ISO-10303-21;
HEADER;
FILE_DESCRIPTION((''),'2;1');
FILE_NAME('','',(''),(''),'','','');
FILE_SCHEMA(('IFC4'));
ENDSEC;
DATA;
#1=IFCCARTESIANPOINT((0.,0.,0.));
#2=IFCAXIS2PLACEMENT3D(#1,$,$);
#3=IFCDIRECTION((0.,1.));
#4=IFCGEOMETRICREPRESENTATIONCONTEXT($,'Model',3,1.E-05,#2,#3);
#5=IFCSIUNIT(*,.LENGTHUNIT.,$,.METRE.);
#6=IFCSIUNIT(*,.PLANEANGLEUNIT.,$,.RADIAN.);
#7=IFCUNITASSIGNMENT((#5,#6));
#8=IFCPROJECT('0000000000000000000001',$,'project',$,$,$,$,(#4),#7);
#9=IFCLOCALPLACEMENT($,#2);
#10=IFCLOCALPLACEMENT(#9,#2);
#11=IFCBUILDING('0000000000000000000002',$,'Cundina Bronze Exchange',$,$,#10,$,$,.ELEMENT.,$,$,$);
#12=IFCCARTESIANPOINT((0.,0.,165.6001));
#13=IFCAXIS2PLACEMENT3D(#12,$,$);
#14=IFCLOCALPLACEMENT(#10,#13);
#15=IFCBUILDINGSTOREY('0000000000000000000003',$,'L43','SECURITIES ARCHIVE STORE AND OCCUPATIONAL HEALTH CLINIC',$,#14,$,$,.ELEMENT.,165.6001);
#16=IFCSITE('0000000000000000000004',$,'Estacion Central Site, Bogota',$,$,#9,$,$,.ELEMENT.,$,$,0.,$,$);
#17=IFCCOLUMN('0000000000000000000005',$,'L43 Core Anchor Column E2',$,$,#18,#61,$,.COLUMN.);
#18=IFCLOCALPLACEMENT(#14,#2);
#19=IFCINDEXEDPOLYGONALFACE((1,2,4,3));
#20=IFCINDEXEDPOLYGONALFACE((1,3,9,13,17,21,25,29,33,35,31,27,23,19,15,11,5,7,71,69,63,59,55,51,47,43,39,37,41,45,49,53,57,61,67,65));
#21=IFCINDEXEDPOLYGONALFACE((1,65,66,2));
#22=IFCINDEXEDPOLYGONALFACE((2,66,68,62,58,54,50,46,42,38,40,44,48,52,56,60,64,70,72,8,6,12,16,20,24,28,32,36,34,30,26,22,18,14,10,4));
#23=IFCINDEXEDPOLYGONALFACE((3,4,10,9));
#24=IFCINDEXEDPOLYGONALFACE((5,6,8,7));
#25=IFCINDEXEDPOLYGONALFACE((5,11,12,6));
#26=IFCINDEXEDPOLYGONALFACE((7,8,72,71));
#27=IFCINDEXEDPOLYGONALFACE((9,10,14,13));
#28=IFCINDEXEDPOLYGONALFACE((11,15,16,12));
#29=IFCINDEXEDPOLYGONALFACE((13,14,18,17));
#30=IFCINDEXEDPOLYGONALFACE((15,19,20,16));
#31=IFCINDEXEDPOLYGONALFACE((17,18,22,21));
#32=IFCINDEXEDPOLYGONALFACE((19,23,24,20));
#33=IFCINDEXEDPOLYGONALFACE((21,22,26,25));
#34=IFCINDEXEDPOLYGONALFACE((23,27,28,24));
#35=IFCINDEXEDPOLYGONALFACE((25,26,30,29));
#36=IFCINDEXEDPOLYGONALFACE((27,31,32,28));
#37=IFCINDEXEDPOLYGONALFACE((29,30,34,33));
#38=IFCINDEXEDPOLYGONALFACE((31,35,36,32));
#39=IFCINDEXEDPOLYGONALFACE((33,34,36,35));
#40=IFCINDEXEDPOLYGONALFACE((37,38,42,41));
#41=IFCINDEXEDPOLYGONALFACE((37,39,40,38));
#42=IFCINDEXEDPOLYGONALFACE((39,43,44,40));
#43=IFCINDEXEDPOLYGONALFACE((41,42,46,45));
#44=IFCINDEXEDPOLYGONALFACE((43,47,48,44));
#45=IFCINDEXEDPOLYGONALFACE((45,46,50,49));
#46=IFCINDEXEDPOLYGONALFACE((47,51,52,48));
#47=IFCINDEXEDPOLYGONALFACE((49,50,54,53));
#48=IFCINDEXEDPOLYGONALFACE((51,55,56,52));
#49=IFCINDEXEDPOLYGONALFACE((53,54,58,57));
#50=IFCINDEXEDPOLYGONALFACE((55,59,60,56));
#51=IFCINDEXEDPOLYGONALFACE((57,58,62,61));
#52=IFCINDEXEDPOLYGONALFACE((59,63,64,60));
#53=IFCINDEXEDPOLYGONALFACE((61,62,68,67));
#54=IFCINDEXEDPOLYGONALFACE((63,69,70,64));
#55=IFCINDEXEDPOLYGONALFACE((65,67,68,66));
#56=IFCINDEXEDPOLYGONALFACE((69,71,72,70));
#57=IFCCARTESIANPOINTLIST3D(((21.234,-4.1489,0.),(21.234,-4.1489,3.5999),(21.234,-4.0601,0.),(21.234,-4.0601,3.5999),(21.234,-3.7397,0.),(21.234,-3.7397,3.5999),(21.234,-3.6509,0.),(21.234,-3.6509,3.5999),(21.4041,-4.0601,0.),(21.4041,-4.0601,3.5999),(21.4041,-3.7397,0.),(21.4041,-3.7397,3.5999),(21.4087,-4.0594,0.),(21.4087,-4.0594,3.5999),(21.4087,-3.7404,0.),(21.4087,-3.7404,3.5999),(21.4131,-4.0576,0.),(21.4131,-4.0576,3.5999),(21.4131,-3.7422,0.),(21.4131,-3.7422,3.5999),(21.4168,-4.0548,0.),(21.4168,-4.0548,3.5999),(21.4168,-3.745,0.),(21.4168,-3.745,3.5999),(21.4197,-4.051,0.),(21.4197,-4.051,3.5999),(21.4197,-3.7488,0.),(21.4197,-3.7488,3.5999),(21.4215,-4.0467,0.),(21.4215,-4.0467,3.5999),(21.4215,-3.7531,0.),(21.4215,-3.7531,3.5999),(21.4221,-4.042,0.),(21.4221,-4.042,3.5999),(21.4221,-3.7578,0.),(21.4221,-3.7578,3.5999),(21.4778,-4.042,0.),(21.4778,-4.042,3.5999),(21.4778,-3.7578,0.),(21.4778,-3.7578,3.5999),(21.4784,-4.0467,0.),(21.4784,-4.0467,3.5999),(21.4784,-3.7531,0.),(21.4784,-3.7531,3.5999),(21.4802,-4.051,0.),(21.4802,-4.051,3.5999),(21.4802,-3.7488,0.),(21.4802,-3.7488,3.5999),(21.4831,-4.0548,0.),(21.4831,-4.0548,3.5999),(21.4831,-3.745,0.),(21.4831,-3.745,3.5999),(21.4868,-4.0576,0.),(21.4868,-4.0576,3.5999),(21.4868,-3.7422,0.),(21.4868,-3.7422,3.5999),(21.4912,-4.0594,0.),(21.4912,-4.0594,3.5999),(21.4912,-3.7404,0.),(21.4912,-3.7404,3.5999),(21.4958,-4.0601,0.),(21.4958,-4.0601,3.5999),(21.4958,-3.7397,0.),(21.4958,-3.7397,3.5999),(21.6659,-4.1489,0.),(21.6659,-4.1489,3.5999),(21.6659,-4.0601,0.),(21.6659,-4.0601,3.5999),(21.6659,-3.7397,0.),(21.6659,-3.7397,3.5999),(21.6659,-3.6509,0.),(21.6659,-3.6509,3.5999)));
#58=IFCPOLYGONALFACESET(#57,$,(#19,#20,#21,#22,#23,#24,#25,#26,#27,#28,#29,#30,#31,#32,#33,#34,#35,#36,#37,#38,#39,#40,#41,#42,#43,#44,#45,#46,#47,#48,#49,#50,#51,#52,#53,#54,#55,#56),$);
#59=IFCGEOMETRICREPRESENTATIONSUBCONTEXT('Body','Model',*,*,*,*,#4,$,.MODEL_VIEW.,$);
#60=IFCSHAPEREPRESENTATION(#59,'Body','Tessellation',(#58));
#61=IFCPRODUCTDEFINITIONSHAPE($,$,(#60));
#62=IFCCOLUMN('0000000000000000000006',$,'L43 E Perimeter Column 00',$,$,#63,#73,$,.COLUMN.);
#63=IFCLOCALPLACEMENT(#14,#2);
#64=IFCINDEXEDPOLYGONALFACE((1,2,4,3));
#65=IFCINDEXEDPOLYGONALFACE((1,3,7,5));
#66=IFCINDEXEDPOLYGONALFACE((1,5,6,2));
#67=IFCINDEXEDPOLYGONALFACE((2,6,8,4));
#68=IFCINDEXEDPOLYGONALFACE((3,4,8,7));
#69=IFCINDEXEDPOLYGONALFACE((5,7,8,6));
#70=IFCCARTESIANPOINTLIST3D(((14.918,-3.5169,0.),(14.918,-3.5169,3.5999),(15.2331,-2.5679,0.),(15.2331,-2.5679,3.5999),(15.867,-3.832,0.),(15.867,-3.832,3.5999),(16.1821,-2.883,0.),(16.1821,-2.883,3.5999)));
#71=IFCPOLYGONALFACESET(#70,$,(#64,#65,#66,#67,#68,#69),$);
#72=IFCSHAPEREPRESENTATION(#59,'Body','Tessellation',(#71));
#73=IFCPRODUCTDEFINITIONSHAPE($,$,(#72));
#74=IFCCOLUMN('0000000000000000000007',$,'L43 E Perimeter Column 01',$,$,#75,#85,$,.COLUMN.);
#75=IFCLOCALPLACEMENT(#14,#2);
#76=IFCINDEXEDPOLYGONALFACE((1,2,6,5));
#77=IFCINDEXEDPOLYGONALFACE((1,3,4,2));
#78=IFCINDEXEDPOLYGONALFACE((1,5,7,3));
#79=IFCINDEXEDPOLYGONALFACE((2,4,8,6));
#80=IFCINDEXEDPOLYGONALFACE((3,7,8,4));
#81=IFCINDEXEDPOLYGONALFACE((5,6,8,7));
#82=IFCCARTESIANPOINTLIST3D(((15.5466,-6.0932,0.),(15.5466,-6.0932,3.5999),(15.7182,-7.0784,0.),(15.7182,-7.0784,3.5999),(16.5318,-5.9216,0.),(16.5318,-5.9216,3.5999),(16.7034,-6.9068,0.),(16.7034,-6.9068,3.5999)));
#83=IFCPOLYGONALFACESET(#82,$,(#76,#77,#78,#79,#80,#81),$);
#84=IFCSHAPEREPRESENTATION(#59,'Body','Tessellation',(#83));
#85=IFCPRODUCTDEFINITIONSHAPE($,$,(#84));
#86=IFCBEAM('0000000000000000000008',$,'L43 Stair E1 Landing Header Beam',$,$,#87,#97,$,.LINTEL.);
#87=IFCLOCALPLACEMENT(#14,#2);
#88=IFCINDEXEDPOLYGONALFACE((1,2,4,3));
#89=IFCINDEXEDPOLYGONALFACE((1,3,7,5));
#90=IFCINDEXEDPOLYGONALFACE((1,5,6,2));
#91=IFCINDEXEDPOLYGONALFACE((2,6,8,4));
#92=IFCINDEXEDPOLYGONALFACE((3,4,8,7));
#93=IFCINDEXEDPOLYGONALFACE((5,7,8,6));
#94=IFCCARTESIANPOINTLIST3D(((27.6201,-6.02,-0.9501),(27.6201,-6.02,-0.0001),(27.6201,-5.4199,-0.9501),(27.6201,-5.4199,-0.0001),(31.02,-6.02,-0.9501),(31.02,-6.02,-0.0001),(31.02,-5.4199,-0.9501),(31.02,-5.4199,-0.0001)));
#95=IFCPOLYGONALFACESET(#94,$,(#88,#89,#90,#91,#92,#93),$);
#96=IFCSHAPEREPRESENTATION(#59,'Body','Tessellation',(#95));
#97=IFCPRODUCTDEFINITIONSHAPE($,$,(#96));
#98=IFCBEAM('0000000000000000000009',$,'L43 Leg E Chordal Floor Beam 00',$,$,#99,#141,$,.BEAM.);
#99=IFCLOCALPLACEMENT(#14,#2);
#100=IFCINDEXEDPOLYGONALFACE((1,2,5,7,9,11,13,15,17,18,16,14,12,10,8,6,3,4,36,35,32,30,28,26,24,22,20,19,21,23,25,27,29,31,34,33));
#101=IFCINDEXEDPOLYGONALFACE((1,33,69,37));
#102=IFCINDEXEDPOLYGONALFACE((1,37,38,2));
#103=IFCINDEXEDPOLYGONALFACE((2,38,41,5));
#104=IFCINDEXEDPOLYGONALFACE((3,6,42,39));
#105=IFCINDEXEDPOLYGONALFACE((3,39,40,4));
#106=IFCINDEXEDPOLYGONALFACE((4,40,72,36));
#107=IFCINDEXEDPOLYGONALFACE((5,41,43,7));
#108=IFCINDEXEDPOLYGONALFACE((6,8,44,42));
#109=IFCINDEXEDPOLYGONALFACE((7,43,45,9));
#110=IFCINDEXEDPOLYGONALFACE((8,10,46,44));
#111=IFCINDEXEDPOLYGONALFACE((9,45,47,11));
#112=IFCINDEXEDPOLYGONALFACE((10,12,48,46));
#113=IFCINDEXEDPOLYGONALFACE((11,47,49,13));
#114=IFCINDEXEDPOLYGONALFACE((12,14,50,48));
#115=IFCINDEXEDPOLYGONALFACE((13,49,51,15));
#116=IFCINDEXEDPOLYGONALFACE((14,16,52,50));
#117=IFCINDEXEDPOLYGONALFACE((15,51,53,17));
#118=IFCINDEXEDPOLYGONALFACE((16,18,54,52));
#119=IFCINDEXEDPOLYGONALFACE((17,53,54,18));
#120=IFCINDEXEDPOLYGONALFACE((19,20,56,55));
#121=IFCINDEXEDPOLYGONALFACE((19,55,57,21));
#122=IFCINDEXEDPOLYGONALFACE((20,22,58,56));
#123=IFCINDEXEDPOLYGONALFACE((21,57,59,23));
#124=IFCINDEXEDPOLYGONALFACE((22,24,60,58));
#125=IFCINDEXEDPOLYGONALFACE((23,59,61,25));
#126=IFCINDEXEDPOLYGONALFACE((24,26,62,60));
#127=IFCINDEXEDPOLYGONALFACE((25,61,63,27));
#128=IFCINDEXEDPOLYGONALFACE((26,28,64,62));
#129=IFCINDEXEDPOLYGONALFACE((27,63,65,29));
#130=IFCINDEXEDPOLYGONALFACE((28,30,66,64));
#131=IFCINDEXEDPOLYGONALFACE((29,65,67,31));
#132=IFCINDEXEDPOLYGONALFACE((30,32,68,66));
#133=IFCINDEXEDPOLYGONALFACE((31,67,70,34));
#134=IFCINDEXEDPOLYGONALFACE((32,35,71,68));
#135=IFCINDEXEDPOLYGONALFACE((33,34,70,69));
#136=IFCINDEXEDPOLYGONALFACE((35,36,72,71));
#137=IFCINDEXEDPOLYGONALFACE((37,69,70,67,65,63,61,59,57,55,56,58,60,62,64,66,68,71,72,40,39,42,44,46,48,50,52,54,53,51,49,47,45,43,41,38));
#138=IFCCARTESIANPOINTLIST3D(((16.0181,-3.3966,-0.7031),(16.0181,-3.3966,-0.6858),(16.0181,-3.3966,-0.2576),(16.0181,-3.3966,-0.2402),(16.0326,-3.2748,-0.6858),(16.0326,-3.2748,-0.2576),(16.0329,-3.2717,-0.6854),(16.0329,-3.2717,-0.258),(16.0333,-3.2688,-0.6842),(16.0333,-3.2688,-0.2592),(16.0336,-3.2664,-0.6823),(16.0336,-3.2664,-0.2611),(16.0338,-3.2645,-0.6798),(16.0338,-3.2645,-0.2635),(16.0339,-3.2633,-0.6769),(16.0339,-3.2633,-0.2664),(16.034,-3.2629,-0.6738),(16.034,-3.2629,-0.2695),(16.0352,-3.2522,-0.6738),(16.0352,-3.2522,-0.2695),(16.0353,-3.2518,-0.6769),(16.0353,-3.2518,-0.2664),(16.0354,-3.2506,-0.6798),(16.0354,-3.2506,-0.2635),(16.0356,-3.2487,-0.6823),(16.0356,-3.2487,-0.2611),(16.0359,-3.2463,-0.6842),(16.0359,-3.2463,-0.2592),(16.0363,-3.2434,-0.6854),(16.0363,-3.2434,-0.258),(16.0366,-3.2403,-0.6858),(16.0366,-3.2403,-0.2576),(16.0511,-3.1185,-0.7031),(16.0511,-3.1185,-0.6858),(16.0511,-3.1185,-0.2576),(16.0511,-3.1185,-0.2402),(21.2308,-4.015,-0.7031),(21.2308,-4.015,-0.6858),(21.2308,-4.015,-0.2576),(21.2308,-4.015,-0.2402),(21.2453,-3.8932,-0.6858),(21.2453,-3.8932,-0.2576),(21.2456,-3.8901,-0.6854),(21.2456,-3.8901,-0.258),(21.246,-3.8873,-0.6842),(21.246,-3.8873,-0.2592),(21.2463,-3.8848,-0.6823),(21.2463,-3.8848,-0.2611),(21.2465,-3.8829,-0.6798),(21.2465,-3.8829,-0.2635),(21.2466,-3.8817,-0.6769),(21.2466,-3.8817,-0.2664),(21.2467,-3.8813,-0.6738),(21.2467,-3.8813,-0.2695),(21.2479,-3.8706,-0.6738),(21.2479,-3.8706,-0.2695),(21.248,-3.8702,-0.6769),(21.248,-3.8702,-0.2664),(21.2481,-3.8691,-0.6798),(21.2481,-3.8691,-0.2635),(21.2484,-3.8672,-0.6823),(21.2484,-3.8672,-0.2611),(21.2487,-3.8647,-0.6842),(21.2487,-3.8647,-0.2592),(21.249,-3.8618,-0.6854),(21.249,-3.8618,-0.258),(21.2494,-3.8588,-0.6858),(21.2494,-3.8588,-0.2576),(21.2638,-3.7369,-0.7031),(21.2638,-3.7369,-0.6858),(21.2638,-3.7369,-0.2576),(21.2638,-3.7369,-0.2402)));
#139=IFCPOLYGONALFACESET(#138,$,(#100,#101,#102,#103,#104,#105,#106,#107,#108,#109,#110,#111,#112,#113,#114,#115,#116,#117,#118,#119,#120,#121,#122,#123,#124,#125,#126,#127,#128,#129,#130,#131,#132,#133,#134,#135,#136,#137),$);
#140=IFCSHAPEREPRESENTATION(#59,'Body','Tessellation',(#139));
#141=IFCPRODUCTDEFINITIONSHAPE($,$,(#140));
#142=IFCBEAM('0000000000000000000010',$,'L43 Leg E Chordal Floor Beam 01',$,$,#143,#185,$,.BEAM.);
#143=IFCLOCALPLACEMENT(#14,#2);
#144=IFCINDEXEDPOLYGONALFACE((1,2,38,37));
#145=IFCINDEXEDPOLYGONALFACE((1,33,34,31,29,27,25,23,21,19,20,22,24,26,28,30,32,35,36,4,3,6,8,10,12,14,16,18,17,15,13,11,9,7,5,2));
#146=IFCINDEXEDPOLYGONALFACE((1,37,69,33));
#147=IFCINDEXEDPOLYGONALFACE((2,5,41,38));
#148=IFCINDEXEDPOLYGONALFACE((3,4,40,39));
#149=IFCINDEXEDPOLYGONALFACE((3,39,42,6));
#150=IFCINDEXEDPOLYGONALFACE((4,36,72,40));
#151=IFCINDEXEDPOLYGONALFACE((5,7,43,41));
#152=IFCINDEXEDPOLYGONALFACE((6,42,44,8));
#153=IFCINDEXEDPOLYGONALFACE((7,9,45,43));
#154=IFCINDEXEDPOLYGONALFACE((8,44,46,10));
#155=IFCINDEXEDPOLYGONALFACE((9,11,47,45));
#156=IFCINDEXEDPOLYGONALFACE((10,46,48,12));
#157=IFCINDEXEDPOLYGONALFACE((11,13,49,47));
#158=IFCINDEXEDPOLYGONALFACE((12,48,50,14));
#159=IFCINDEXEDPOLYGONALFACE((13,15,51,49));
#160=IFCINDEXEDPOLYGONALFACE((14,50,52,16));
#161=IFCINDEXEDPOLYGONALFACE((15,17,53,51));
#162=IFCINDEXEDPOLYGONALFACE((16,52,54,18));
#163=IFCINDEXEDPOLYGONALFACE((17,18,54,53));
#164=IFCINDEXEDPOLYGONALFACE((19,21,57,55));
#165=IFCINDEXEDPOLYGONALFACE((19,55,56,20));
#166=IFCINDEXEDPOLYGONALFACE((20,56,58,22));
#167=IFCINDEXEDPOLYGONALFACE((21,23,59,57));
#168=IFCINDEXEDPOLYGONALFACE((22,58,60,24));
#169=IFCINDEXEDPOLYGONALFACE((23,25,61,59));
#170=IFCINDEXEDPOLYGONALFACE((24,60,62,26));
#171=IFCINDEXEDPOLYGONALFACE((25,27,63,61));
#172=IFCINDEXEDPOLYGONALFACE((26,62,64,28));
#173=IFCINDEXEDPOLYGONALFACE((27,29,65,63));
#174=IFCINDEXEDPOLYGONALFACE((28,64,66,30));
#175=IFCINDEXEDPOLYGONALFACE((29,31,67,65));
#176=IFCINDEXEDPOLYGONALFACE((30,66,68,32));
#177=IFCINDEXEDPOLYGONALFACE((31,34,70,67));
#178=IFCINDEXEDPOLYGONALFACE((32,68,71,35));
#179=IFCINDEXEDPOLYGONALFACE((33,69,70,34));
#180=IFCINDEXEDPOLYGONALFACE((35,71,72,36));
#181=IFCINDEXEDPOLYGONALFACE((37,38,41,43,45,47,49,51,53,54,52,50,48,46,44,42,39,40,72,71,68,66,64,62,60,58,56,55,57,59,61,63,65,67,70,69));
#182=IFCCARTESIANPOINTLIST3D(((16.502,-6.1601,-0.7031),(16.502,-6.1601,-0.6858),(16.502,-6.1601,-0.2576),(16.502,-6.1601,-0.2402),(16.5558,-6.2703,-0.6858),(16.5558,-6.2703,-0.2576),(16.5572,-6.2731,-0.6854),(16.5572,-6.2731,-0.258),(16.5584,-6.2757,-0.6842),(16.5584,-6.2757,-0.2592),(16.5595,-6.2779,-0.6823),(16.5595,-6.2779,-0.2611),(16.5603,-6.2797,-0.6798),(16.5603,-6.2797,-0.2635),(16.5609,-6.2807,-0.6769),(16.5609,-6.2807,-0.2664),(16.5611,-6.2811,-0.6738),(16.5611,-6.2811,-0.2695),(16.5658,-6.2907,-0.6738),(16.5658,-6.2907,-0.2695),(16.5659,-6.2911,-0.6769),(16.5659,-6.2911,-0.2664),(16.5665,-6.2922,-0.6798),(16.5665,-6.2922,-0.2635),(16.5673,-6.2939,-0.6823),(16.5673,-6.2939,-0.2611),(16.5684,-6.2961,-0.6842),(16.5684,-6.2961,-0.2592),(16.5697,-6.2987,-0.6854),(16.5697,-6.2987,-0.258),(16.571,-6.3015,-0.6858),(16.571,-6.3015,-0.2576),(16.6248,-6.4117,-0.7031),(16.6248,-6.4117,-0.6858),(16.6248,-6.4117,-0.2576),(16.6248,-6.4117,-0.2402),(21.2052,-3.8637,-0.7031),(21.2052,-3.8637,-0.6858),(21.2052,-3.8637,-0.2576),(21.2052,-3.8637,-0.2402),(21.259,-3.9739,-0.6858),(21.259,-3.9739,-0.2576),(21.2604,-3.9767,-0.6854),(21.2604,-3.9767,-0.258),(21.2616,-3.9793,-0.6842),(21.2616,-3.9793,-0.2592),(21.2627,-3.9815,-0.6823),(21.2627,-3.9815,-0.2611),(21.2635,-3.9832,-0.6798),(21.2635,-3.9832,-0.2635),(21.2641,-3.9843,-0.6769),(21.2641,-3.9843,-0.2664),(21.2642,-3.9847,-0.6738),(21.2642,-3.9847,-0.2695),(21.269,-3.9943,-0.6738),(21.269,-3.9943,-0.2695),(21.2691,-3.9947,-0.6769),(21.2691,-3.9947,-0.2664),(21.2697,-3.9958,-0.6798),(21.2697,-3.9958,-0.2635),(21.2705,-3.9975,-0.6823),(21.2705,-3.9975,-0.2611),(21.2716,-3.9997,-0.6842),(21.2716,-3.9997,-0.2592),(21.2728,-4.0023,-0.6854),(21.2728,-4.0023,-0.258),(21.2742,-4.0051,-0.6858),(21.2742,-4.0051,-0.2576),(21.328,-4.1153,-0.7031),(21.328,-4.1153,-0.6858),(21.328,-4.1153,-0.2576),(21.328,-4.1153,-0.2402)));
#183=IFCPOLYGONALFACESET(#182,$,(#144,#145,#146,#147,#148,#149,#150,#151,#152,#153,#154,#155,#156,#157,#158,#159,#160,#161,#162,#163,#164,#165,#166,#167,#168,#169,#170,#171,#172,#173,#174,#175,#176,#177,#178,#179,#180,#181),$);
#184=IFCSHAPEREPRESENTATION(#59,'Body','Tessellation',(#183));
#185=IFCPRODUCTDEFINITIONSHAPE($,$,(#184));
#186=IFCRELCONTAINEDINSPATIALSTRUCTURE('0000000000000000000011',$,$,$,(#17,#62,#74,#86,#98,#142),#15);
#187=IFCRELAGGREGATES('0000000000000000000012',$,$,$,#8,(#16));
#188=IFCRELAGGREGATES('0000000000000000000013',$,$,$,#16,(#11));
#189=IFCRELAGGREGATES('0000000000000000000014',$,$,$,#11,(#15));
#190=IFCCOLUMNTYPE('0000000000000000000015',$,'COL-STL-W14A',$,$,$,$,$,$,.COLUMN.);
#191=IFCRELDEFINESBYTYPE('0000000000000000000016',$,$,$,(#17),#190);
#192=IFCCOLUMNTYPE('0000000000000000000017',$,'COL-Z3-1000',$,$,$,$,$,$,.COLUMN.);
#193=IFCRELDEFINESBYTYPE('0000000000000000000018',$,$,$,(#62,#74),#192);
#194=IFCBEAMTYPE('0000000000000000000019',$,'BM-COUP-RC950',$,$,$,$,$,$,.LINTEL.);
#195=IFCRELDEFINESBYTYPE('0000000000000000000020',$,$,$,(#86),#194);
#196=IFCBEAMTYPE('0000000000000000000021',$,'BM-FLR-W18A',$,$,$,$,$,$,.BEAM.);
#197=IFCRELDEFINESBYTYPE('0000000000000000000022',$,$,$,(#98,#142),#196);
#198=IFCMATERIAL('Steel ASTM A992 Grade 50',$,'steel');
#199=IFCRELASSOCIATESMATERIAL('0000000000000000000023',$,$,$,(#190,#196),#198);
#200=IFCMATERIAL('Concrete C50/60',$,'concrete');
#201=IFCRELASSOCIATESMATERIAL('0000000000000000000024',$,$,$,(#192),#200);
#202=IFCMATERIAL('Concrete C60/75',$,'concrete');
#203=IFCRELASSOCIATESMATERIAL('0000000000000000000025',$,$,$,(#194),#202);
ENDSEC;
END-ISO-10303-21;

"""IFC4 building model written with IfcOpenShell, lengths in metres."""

from ifc_helpers import new_model, si_unit, direction, frame, origin, origin_2d, place, context, subcontext, project, spatial, rectangle, i_section, extrude, material, material_profile, profile_set, type_object, element, save


model = new_model("IFC4")

# Units and contexts
model_context = context("Model", 3, precision=1e-05, world=origin(), true_north=direction((0.0, 1.0)))
body_context = subcontext(model_context, "Body", "Model", "MODEL_VIEW")
ifc_project = project(units=[si_unit("LENGTHUNIT", "METRE"), si_unit("PLANEANGLEUNIT", "RADIAN")], contexts=[model_context])

# Site, building, storey
site_placement = place(None, origin())
site = spatial("IfcSite", under=ifc_project, at=site_placement, Name="Estacion Central Site, Bogota", CompositionType="ELEMENT", RefElevation=0.0)
building_placement = place(site_placement, origin())
building = spatial("IfcBuilding", under=site, at=building_placement, Name="Cundina Bronze Exchange", CompositionType="ELEMENT")
storey_placement = place(building_placement, frame((0.0, 0.0, 165.6001)))
storey = spatial("IfcBuildingStorey", under=building, at=storey_placement, Name="L43", Description="SECURITIES ARCHIVE STORE AND OCCUPATIONAL HEALTH CLINIC", CompositionType="ELEMENT", Elevation=165.6001)

# Columns
ifc_material_1 = material(Name="Steel ASTM A992 Grade 50", Category="steel")
ifc_material_profile_1 = material_profile(ifc_material_1, i_section(OverallWidth=0.4319, OverallDepth=0.498, WebThickness=0.0557, FlangeThickness=0.0889, FilletRadius=0.0181, at=origin_2d()), Name="W14X500", Category="steel")
ifc_profile_set_1 = profile_set([ifc_material_profile_1], Name="Steel ASTM A992 Grade 50")
column_type_1 = type_object("IfcColumnType", Name="COL-STL-W14A", PredefinedType="COLUMN", material=ifc_profile_set_1)
column_placement = place(storey_placement, frame((21.45, -3.8999, 0.0), z_axis=(0.0, 0.0, 1.0), x_axis=(1.0, 0.0, 0.0)))
element("IfcColumn", 1, at=column_placement, inside=storey, type_object=column_type_1, Name="L43 Core Anchor Column E2", PredefinedType="COLUMN", context=body_context, shape_type="SweptSolid", body=[
    extrude(i_section(OverallWidth=0.4319, OverallDepth=0.498, WebThickness=0.0557, FlangeThickness=0.0889, FilletRadius=0.0181, at=origin_2d()), origin(), (0.0, 0.0, 1.0), 3.5999),
])
ifc_material_2 = material(Name="Concrete C50/60", Category="concrete")
ifc_material_profile_2 = material_profile(ifc_material_2, rectangle(XDim=1.0, YDim=1.0, at=origin_2d()), Name="RC1000X1000", Category="concrete")
ifc_profile_set_2 = profile_set([ifc_material_profile_2], Name="Concrete C50/60")
column_type_2 = type_object("IfcColumnType", Name="COL-Z3-1000", PredefinedType="COLUMN", material=ifc_profile_set_2)
for number, where, z_axis, x_axis, name in (
    (2, (15.55, -3.2, 0.0), (0.0, 0.0, 1.0), (-0.315152, -0.949041, 0.0), "L43 E Perimeter Column 00"),
    (3, (16.125, -6.5, 0.0), (0.0, 0.0, 1.0), (0.171585, -0.985169, 0.0), "L43 E Perimeter Column 01"),
):
    element("IfcColumn", number, at=place(storey_placement, frame(where, z_axis=z_axis, x_axis=x_axis)), inside=storey, type_object=column_type_2, Name=name, PredefinedType="COLUMN", context=body_context, shape_type="SweptSolid", body=[
        extrude(rectangle(XDim=1.0, YDim=1.0, at=origin_2d()), origin(), (0.0, 0.0, 1.0), 3.5999),
    ])

# Beams
ifc_material_3 = material(Name="Concrete C60/75", Category="concrete")
ifc_material_profile_3 = material_profile(ifc_material_3, rectangle(XDim=0.6001, YDim=0.95, at=origin_2d()), Name="RC600X950", Category="concrete")
ifc_profile_set_3 = profile_set([ifc_material_profile_3], Name="Concrete C60/75")
beam_type_1 = type_object("IfcBeamType", Name="BM-COUP-RC950", PredefinedType="LINTEL", material=ifc_profile_set_3)
beam_1_placement = place(storey_placement, frame((27.6201, -5.72, -0.4751), z_axis=(1.0, 0.0, 0.0), x_axis=(0.0, 1.0, 0.0)))
element("IfcBeam", 4, at=beam_1_placement, inside=storey, type_object=beam_type_1, Name="L43 Stair E1 Landing Header Beam", PredefinedType="LINTEL", context=body_context, shape_type="SweptSolid", body=[
    extrude(rectangle(XDim=0.6001, YDim=0.95, at=origin_2d()), origin(), (0.0, 0.0, 1.0), 3.3999),
])
ifc_material_profile_4 = material_profile(ifc_material_1, i_section(OverallWidth=0.28, OverallDepth=0.4629, WebThickness=0.0107, FlangeThickness=0.0173, FilletRadius=0.012, at=origin_2d()), Name="W18X76", Category="steel")
ifc_profile_set_4 = profile_set([ifc_material_profile_4], Name="Steel ASTM A992 Grade 50")
beam_type_2 = type_object("IfcBeamType", Name="BM-FLR-W18A", PredefinedType="BEAM", material=ifc_profile_set_4)
beam_2_placement = place(storey_placement, frame((21.2473, -3.876, -0.4717), z_axis=(-0.993036, 0.11781, 0.0), x_axis=(-0.11781, -0.993036, 0.0)))
element("IfcBeam", 5, at=beam_2_placement, inside=storey, type_object=beam_type_2, Name="L43 Leg E Chordal Floor Beam 00", PredefinedType="BEAM", context=body_context, shape_type="SweptSolid", body=[
    extrude(i_section(OverallWidth=0.28, OverallDepth=0.4629, WebThickness=0.0107, FlangeThickness=0.0173, FilletRadius=0.012, at=origin_2d()), origin(), (0.0, 0.0, 1.0), 5.2493),
])
beam_3_placement = place(storey_placement, frame((21.2666, -3.9895, -0.4717), z_axis=(-0.898604, -0.43876, 0.0), x_axis=(0.43876, -0.898604, 0.0)))
element("IfcBeam", 6, at=beam_3_placement, inside=storey, type_object=beam_type_2, Name="L43 Leg E Chordal Floor Beam 01", PredefinedType="BEAM", context=body_context, shape_type="SweptSolid", body=[
    extrude(i_section(OverallWidth=0.28, OverallDepth=0.4629, WebThickness=0.0107, FlangeThickness=0.0173, FilletRadius=0.012, at=origin_2d()), origin(), (0.0, 0.0, 1.0), 5.2339),
])

save(model, "model.ifc")
